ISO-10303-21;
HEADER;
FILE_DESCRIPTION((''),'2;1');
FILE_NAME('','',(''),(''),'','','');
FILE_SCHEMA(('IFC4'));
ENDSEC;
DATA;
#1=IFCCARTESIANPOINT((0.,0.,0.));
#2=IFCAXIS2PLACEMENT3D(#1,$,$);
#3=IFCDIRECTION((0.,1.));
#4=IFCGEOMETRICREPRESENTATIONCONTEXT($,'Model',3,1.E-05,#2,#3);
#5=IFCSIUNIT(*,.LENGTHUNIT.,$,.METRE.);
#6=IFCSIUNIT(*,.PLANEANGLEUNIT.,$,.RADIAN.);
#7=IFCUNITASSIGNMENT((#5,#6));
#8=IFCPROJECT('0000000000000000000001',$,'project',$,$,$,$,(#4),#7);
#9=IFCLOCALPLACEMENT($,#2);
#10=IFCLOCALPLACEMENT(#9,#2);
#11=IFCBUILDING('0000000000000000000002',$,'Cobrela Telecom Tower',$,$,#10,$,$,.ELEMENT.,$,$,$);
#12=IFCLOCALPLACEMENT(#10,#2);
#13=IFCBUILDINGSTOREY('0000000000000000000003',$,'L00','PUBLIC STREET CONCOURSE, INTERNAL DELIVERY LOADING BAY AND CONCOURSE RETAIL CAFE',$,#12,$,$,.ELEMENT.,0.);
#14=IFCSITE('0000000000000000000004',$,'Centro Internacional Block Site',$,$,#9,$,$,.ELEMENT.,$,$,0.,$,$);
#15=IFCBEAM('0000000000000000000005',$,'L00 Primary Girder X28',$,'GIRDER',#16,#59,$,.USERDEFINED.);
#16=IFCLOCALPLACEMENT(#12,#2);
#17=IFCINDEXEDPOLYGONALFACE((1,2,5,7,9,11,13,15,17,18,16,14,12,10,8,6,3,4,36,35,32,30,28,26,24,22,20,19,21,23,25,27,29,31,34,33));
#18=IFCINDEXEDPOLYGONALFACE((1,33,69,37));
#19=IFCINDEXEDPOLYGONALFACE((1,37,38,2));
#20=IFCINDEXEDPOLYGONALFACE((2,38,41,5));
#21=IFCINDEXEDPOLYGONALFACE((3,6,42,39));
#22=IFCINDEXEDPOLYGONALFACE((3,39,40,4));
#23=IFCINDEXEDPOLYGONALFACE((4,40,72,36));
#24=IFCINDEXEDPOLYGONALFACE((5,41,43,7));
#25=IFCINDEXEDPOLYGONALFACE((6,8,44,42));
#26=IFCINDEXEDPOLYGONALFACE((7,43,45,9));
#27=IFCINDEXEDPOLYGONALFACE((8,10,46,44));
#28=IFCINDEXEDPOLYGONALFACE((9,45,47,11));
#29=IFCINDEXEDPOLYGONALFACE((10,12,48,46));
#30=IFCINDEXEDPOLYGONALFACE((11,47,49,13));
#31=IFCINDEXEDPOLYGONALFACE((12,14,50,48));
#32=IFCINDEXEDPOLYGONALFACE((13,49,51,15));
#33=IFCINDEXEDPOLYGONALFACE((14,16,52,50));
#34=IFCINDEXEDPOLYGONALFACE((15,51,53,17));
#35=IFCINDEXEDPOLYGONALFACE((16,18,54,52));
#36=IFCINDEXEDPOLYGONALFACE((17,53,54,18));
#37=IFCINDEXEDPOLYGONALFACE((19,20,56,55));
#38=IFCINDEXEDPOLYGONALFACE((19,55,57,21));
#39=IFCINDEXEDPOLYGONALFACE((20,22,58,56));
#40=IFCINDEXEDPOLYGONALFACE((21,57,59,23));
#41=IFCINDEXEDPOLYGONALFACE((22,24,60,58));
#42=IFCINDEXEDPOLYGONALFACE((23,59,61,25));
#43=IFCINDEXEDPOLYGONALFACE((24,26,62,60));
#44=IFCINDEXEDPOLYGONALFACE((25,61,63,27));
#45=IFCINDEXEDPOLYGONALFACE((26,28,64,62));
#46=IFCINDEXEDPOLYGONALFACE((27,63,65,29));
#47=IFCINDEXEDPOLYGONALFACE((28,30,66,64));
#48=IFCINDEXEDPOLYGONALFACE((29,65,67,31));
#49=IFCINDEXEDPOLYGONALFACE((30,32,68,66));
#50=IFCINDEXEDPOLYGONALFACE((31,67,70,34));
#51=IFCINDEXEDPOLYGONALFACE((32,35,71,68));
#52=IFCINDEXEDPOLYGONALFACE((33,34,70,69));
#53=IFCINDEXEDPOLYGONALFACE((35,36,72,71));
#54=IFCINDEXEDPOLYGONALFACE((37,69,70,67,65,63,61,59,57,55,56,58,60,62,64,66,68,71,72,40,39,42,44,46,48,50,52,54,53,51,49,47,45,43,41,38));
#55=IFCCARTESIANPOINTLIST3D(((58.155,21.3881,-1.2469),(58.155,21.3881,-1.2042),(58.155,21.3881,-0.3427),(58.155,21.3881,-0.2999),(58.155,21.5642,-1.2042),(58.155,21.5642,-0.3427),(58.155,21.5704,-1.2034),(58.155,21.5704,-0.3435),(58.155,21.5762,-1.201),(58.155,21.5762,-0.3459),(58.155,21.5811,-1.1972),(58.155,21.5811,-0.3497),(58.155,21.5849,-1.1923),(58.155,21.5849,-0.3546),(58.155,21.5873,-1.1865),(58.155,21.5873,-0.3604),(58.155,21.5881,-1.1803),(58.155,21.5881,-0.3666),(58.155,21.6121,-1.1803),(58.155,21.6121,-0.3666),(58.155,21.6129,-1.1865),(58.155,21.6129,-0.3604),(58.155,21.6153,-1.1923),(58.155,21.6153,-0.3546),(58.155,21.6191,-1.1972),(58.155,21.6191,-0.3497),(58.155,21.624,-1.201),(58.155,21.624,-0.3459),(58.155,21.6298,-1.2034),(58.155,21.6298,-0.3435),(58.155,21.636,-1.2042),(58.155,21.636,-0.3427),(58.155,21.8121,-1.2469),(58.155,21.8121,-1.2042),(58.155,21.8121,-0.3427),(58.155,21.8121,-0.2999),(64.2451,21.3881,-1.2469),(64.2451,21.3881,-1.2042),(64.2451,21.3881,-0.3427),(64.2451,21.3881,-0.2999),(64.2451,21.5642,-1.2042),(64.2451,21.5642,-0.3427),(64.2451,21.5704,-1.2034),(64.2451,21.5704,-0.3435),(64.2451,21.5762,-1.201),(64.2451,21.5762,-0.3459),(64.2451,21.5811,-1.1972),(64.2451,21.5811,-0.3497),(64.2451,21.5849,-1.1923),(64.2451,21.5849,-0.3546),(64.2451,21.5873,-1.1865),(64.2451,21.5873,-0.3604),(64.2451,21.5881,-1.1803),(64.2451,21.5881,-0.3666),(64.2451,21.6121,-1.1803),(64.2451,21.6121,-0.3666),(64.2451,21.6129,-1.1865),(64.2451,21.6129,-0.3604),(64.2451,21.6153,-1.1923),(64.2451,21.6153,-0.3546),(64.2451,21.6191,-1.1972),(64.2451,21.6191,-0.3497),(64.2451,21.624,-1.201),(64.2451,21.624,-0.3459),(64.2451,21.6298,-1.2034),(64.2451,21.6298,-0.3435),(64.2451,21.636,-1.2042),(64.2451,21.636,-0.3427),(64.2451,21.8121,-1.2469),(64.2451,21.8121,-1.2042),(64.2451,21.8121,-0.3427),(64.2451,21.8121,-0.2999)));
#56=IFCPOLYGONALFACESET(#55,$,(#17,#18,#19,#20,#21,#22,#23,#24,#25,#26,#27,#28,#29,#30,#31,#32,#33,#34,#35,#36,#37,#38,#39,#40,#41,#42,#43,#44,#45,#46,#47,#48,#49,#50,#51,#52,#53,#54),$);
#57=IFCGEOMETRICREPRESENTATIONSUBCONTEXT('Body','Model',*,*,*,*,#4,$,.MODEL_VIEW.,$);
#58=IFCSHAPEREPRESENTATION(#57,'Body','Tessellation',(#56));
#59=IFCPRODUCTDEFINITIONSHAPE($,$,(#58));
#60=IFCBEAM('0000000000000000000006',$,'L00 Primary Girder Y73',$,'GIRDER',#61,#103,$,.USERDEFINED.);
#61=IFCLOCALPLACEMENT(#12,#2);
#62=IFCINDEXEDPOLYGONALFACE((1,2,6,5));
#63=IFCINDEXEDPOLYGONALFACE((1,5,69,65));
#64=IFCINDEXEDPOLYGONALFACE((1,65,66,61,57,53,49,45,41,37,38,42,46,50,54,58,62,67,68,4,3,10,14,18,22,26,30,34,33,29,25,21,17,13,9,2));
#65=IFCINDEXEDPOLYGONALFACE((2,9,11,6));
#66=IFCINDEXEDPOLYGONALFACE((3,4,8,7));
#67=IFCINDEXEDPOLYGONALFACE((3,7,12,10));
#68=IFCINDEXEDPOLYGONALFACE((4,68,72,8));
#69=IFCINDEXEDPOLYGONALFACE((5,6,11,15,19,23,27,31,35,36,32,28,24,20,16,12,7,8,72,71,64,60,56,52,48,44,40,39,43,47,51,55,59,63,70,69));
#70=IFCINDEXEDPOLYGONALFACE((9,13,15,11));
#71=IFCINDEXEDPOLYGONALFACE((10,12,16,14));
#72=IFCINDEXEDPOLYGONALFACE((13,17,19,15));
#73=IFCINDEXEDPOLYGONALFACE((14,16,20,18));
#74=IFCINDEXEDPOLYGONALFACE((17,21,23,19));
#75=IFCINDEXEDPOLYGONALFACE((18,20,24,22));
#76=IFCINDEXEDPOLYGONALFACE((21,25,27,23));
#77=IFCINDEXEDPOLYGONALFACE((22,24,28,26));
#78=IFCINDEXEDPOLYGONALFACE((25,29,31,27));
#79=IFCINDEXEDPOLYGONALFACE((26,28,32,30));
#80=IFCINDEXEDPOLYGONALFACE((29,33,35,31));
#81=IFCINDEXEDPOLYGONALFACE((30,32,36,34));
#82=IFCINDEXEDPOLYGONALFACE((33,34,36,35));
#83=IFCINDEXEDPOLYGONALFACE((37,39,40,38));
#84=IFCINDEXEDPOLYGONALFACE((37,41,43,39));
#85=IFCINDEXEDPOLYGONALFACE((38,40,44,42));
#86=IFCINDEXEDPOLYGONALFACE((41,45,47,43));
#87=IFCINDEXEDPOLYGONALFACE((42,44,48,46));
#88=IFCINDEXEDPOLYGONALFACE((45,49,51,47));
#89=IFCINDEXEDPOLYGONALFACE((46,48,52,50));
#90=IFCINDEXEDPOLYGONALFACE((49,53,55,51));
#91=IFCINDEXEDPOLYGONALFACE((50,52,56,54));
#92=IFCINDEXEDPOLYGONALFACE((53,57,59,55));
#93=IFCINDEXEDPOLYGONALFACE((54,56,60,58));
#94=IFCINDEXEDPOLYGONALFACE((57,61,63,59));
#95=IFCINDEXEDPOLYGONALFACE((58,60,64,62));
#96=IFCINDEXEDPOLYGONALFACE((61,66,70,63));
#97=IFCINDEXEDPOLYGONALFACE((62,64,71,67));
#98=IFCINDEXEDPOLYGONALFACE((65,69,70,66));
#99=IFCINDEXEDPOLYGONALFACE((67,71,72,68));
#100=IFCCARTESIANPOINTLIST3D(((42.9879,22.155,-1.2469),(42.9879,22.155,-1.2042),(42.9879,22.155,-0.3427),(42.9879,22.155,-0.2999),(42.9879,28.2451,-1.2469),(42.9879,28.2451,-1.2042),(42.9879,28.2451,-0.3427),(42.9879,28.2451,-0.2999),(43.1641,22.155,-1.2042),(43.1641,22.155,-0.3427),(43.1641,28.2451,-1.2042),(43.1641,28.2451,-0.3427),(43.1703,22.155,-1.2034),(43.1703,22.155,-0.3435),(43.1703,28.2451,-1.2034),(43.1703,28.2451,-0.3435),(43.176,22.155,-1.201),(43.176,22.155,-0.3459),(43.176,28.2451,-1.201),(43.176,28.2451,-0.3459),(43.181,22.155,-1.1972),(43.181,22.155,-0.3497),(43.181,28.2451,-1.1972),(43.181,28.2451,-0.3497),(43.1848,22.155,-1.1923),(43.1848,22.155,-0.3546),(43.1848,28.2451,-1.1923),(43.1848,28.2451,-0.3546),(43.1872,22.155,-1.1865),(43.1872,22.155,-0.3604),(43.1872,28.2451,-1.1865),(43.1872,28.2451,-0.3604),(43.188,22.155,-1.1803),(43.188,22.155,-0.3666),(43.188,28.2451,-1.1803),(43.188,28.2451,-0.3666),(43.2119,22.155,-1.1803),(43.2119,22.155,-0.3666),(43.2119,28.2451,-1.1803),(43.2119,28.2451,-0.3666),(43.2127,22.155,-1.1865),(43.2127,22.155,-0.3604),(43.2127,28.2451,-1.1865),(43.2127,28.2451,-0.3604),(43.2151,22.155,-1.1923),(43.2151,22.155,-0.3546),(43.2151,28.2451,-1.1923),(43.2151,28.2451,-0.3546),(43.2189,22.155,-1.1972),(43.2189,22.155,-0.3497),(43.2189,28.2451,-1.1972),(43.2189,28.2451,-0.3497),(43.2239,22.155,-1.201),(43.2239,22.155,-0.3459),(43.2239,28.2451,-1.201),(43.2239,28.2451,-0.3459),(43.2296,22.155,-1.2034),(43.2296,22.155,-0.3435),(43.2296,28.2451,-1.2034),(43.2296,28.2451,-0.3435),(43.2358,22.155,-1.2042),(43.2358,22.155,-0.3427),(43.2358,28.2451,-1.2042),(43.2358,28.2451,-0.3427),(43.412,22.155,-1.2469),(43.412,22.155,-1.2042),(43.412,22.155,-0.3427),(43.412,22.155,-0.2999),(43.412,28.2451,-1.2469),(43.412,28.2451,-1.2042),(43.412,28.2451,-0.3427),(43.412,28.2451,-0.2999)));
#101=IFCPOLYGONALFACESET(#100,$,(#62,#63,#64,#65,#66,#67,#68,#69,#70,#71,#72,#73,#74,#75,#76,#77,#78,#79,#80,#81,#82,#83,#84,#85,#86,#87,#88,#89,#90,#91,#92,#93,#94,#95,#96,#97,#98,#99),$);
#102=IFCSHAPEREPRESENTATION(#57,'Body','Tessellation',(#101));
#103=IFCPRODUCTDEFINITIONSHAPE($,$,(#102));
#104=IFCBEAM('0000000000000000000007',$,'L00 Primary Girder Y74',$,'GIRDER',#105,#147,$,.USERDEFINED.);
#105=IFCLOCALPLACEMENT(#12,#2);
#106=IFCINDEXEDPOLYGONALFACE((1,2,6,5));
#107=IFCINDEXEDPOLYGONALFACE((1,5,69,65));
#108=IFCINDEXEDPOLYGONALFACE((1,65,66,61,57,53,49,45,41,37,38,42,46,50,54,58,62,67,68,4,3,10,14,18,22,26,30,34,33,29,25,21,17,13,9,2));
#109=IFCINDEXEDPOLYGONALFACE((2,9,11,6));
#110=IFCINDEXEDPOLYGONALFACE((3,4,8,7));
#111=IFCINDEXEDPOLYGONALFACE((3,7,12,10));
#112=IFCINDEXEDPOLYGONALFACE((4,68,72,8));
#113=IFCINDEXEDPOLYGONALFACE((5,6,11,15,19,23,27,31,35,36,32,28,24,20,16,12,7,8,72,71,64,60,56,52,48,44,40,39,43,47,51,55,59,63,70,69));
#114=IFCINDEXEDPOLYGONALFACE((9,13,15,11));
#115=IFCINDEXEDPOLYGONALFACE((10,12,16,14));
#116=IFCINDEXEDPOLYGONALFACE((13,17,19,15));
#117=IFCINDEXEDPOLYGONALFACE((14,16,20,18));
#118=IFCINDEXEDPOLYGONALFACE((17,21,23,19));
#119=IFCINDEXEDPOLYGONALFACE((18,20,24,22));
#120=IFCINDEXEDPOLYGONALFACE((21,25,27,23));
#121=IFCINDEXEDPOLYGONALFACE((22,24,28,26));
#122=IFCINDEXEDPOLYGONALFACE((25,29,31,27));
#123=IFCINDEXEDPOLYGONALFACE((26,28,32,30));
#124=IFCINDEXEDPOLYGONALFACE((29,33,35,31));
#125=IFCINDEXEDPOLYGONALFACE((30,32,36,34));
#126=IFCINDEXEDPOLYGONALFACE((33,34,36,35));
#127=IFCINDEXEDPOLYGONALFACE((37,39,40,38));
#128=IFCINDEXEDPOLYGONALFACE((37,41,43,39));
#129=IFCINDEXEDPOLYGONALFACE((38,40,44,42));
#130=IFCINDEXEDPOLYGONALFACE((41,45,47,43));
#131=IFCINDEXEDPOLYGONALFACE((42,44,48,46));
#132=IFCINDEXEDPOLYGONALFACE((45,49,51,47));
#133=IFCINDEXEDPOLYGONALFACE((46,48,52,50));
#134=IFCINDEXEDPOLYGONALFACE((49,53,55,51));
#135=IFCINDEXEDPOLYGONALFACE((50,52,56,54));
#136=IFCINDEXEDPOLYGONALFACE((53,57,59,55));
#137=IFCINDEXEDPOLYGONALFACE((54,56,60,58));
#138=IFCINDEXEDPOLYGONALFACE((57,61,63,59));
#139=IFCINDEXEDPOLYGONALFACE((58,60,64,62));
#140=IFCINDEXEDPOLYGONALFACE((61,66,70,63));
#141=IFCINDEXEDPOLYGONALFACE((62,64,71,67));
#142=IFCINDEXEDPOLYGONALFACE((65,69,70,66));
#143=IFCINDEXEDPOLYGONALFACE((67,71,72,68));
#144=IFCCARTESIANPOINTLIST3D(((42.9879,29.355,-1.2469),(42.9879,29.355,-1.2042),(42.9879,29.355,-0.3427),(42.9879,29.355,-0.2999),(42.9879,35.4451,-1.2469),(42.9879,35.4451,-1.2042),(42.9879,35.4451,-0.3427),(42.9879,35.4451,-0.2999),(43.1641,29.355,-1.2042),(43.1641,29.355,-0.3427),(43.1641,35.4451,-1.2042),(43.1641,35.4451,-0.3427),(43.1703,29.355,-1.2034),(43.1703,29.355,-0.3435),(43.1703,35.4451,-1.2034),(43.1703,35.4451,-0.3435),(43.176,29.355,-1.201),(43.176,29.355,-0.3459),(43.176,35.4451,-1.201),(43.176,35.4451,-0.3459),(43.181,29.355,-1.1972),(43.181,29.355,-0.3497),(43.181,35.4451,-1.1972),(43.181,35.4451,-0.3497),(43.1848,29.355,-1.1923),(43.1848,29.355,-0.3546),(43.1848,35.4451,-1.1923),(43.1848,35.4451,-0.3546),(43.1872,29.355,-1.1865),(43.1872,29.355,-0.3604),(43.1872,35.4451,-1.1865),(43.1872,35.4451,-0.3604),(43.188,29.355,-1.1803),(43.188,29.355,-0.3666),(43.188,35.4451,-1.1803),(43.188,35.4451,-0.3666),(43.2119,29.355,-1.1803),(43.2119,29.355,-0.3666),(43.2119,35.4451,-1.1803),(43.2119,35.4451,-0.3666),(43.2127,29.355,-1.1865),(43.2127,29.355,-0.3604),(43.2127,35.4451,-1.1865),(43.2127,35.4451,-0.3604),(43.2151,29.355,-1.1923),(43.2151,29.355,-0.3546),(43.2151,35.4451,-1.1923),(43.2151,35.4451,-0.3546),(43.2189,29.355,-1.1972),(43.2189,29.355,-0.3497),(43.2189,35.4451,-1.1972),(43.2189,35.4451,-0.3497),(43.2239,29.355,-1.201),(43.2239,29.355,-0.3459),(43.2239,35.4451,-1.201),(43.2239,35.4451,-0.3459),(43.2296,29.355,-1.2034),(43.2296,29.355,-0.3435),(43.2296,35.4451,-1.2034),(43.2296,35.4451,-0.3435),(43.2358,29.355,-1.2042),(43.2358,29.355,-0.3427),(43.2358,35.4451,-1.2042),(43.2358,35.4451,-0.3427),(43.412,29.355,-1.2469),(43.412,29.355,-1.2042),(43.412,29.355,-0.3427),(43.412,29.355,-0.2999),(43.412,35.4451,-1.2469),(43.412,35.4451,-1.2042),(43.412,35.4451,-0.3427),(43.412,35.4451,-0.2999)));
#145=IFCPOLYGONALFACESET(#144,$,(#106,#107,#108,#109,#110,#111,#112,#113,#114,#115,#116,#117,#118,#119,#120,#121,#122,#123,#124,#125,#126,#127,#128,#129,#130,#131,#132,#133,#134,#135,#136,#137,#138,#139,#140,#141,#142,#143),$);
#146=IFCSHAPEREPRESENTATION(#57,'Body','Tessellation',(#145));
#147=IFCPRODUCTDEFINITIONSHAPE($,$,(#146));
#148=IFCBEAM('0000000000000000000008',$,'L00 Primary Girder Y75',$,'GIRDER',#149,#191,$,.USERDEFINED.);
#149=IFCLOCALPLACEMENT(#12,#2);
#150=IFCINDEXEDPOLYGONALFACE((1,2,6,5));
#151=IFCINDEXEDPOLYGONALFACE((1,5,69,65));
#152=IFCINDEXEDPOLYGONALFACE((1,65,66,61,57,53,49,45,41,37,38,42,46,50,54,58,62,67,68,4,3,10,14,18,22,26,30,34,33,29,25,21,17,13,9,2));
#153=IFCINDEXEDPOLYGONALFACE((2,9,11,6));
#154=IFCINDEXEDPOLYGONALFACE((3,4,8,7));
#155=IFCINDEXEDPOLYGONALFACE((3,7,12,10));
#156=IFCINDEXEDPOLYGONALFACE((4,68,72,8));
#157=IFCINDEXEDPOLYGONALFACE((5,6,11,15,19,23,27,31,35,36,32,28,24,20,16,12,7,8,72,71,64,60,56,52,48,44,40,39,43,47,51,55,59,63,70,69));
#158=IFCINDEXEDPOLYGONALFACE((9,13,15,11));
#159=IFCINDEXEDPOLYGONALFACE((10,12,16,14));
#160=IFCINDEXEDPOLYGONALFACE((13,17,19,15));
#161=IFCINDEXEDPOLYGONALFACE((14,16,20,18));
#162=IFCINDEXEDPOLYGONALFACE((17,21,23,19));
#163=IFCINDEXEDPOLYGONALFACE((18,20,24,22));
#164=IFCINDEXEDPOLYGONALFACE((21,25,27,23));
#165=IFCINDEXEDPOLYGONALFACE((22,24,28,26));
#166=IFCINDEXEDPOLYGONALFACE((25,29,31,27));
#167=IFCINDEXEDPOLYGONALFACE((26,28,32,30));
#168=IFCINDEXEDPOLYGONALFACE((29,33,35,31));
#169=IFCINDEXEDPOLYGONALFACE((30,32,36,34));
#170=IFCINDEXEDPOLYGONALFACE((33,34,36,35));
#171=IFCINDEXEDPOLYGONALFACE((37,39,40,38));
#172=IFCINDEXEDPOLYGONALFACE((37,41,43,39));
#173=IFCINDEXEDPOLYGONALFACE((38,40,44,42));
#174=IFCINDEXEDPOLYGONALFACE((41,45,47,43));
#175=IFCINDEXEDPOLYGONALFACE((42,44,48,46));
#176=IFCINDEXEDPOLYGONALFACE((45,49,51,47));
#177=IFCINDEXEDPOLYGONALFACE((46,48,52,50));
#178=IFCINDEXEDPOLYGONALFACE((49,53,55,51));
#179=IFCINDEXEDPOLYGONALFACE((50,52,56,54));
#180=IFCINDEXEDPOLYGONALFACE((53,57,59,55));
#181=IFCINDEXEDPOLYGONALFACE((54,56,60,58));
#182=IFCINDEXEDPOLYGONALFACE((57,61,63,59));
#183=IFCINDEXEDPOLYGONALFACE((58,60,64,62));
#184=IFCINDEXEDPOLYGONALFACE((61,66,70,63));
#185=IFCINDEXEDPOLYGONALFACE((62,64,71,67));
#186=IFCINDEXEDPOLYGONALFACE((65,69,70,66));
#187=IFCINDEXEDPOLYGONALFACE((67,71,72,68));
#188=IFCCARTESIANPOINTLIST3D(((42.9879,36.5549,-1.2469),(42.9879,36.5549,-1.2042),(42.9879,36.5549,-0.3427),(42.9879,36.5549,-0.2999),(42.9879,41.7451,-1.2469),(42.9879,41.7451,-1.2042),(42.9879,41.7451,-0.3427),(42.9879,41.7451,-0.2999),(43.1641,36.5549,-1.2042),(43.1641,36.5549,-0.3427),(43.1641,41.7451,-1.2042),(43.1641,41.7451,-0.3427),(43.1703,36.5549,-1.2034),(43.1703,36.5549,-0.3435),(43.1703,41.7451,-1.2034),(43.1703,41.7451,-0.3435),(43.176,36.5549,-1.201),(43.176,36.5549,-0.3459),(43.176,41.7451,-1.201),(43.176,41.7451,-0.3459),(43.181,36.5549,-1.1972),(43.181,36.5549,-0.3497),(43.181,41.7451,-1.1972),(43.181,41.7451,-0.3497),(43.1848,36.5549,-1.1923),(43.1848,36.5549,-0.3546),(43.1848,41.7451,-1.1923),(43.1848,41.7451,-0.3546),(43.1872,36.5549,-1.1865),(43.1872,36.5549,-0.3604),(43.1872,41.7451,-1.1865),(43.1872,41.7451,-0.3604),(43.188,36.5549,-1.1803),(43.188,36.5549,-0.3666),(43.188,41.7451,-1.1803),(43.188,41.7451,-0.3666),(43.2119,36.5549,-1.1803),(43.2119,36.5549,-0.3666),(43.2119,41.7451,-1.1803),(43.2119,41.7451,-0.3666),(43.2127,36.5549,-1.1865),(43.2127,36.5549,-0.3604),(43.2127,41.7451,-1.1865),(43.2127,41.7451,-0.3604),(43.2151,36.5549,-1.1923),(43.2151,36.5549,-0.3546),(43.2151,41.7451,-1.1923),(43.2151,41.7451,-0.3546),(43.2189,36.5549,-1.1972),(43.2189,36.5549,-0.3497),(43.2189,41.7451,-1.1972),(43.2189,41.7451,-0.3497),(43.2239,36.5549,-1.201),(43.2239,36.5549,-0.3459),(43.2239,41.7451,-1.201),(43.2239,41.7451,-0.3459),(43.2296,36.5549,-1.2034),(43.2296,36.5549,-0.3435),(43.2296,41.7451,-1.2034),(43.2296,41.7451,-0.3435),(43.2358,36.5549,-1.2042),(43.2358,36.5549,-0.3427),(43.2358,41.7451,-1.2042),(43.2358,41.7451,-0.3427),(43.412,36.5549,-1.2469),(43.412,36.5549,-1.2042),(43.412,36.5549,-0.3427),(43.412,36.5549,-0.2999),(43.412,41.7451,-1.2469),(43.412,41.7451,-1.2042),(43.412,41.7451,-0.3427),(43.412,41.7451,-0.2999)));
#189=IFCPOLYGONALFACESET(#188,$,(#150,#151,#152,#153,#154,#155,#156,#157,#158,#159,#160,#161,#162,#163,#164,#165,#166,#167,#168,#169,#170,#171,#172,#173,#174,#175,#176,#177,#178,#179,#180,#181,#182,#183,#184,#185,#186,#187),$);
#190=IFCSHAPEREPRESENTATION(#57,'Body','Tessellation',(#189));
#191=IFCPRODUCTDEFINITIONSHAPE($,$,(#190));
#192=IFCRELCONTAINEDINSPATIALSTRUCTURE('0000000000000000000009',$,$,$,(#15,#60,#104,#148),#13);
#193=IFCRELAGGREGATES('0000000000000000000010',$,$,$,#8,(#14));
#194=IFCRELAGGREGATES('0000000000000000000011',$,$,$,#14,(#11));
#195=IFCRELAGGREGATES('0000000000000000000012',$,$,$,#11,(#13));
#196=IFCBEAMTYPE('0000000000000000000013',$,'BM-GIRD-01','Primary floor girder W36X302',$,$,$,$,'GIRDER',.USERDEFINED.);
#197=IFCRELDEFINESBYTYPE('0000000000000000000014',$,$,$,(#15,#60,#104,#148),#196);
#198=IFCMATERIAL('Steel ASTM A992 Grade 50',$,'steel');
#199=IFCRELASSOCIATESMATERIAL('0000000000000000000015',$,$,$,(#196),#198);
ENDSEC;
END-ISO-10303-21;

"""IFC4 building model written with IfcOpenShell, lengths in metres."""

from ifc_helpers import new_model, si_unit, direction, frame, origin, origin_2d, place, context, subcontext, project, spatial, i_section, extrude, material, material_profile, profile_set, type_object, element, save


model = new_model("IFC4")

# Units and contexts
model_context = context("Model", 3, precision=1e-05, world=origin(), true_north=direction((0.0, 1.0)))
body_context = subcontext(model_context, "Body", "Model", "MODEL_VIEW")
ifc_project = project(units=[si_unit("LENGTHUNIT", "METRE"), si_unit("PLANEANGLEUNIT", "RADIAN")], contexts=[model_context])

# Site, building, storey
site_placement = place(None, origin())
site = spatial("IfcSite", under=ifc_project, at=site_placement, Name="Centro Internacional Block Site", CompositionType="ELEMENT", RefElevation=0.0)
building_placement = place(site_placement, origin())
building = spatial("IfcBuilding", under=site, at=building_placement, Name="Cobrela Telecom Tower", CompositionType="ELEMENT")
storey_placement = place(building_placement, origin())
storey = spatial("IfcBuildingStorey", under=building, at=storey_placement, Name="L00", Description="PUBLIC STREET CONCOURSE, INTERNAL DELIVERY LOADING BAY AND CONCOURSE RETAIL CAFE", CompositionType="ELEMENT", Elevation=0.0)

# Beams
ifc_material_1 = material(Name="Steel ASTM A992 Grade 50", Category="steel")
ifc_material_profile_1 = material_profile(ifc_material_1, i_section(OverallWidth=0.4241, OverallDepth=0.947, WebThickness=0.0239, FlangeThickness=0.0427, FilletRadius=0.0239, at=origin_2d()), Name="W36X302")
ifc_profile_set_1 = profile_set([ifc_material_profile_1], Name="Steel ASTM A992 Grade 50")
beam_type = type_object("IfcBeamType", Name="BM-GIRD-01", Description="Primary floor girder W36X302", ElementType="GIRDER", PredefinedType="USERDEFINED", material=ifc_profile_set_1)
for number, where, z_axis, x_axis, name in (
    (1, (58.155, 21.6001, -0.7734), (1.0, 0.0, 0.0), (0.0, 1.0, 0.0), "L00 Primary Girder X28"),
    (2, (43.2, 22.155, -0.7734), (0.0, 1.0, 0.0), (-1.0, 0.0, 0.0), "L00 Primary Girder Y73"),
    (3, (43.2, 29.355, -0.7734), (0.0, 1.0, 0.0), (-1.0, 0.0, 0.0), "L00 Primary Girder Y74"),
):
    element("IfcBeam", number, at=place(storey_placement, frame(where, z_axis=z_axis, x_axis=x_axis)), inside=storey, type_object=beam_type, Name=name, ObjectType="GIRDER", PredefinedType="USERDEFINED", context=body_context, shape_type="SweptSolid", body=[
        extrude(i_section(OverallWidth=0.4241, OverallDepth=0.947, WebThickness=0.0239, FlangeThickness=0.0427, FilletRadius=0.0239, at=origin_2d()), origin(), (0.0, 0.0, 1.0), 6.0901),
    ])
beam_1_placement = place(storey_placement, frame((43.2, 36.5549, -0.7734), z_axis=(0.0, 1.0, 0.0), x_axis=(-1.0, 0.0, 0.0)))
element("IfcBeam", 4, at=beam_1_placement, inside=storey, type_object=beam_type, Name="L00 Primary Girder Y75", ObjectType="GIRDER", PredefinedType="USERDEFINED", context=body_context, shape_type="SweptSolid", body=[
    extrude(i_section(OverallWidth=0.4241, OverallDepth=0.947, WebThickness=0.0239, FlangeThickness=0.0427, FilletRadius=0.0239, at=origin_2d()), origin(), (0.0, 0.0, 1.0), 5.1902),
])

save(model, "model.ifc")
